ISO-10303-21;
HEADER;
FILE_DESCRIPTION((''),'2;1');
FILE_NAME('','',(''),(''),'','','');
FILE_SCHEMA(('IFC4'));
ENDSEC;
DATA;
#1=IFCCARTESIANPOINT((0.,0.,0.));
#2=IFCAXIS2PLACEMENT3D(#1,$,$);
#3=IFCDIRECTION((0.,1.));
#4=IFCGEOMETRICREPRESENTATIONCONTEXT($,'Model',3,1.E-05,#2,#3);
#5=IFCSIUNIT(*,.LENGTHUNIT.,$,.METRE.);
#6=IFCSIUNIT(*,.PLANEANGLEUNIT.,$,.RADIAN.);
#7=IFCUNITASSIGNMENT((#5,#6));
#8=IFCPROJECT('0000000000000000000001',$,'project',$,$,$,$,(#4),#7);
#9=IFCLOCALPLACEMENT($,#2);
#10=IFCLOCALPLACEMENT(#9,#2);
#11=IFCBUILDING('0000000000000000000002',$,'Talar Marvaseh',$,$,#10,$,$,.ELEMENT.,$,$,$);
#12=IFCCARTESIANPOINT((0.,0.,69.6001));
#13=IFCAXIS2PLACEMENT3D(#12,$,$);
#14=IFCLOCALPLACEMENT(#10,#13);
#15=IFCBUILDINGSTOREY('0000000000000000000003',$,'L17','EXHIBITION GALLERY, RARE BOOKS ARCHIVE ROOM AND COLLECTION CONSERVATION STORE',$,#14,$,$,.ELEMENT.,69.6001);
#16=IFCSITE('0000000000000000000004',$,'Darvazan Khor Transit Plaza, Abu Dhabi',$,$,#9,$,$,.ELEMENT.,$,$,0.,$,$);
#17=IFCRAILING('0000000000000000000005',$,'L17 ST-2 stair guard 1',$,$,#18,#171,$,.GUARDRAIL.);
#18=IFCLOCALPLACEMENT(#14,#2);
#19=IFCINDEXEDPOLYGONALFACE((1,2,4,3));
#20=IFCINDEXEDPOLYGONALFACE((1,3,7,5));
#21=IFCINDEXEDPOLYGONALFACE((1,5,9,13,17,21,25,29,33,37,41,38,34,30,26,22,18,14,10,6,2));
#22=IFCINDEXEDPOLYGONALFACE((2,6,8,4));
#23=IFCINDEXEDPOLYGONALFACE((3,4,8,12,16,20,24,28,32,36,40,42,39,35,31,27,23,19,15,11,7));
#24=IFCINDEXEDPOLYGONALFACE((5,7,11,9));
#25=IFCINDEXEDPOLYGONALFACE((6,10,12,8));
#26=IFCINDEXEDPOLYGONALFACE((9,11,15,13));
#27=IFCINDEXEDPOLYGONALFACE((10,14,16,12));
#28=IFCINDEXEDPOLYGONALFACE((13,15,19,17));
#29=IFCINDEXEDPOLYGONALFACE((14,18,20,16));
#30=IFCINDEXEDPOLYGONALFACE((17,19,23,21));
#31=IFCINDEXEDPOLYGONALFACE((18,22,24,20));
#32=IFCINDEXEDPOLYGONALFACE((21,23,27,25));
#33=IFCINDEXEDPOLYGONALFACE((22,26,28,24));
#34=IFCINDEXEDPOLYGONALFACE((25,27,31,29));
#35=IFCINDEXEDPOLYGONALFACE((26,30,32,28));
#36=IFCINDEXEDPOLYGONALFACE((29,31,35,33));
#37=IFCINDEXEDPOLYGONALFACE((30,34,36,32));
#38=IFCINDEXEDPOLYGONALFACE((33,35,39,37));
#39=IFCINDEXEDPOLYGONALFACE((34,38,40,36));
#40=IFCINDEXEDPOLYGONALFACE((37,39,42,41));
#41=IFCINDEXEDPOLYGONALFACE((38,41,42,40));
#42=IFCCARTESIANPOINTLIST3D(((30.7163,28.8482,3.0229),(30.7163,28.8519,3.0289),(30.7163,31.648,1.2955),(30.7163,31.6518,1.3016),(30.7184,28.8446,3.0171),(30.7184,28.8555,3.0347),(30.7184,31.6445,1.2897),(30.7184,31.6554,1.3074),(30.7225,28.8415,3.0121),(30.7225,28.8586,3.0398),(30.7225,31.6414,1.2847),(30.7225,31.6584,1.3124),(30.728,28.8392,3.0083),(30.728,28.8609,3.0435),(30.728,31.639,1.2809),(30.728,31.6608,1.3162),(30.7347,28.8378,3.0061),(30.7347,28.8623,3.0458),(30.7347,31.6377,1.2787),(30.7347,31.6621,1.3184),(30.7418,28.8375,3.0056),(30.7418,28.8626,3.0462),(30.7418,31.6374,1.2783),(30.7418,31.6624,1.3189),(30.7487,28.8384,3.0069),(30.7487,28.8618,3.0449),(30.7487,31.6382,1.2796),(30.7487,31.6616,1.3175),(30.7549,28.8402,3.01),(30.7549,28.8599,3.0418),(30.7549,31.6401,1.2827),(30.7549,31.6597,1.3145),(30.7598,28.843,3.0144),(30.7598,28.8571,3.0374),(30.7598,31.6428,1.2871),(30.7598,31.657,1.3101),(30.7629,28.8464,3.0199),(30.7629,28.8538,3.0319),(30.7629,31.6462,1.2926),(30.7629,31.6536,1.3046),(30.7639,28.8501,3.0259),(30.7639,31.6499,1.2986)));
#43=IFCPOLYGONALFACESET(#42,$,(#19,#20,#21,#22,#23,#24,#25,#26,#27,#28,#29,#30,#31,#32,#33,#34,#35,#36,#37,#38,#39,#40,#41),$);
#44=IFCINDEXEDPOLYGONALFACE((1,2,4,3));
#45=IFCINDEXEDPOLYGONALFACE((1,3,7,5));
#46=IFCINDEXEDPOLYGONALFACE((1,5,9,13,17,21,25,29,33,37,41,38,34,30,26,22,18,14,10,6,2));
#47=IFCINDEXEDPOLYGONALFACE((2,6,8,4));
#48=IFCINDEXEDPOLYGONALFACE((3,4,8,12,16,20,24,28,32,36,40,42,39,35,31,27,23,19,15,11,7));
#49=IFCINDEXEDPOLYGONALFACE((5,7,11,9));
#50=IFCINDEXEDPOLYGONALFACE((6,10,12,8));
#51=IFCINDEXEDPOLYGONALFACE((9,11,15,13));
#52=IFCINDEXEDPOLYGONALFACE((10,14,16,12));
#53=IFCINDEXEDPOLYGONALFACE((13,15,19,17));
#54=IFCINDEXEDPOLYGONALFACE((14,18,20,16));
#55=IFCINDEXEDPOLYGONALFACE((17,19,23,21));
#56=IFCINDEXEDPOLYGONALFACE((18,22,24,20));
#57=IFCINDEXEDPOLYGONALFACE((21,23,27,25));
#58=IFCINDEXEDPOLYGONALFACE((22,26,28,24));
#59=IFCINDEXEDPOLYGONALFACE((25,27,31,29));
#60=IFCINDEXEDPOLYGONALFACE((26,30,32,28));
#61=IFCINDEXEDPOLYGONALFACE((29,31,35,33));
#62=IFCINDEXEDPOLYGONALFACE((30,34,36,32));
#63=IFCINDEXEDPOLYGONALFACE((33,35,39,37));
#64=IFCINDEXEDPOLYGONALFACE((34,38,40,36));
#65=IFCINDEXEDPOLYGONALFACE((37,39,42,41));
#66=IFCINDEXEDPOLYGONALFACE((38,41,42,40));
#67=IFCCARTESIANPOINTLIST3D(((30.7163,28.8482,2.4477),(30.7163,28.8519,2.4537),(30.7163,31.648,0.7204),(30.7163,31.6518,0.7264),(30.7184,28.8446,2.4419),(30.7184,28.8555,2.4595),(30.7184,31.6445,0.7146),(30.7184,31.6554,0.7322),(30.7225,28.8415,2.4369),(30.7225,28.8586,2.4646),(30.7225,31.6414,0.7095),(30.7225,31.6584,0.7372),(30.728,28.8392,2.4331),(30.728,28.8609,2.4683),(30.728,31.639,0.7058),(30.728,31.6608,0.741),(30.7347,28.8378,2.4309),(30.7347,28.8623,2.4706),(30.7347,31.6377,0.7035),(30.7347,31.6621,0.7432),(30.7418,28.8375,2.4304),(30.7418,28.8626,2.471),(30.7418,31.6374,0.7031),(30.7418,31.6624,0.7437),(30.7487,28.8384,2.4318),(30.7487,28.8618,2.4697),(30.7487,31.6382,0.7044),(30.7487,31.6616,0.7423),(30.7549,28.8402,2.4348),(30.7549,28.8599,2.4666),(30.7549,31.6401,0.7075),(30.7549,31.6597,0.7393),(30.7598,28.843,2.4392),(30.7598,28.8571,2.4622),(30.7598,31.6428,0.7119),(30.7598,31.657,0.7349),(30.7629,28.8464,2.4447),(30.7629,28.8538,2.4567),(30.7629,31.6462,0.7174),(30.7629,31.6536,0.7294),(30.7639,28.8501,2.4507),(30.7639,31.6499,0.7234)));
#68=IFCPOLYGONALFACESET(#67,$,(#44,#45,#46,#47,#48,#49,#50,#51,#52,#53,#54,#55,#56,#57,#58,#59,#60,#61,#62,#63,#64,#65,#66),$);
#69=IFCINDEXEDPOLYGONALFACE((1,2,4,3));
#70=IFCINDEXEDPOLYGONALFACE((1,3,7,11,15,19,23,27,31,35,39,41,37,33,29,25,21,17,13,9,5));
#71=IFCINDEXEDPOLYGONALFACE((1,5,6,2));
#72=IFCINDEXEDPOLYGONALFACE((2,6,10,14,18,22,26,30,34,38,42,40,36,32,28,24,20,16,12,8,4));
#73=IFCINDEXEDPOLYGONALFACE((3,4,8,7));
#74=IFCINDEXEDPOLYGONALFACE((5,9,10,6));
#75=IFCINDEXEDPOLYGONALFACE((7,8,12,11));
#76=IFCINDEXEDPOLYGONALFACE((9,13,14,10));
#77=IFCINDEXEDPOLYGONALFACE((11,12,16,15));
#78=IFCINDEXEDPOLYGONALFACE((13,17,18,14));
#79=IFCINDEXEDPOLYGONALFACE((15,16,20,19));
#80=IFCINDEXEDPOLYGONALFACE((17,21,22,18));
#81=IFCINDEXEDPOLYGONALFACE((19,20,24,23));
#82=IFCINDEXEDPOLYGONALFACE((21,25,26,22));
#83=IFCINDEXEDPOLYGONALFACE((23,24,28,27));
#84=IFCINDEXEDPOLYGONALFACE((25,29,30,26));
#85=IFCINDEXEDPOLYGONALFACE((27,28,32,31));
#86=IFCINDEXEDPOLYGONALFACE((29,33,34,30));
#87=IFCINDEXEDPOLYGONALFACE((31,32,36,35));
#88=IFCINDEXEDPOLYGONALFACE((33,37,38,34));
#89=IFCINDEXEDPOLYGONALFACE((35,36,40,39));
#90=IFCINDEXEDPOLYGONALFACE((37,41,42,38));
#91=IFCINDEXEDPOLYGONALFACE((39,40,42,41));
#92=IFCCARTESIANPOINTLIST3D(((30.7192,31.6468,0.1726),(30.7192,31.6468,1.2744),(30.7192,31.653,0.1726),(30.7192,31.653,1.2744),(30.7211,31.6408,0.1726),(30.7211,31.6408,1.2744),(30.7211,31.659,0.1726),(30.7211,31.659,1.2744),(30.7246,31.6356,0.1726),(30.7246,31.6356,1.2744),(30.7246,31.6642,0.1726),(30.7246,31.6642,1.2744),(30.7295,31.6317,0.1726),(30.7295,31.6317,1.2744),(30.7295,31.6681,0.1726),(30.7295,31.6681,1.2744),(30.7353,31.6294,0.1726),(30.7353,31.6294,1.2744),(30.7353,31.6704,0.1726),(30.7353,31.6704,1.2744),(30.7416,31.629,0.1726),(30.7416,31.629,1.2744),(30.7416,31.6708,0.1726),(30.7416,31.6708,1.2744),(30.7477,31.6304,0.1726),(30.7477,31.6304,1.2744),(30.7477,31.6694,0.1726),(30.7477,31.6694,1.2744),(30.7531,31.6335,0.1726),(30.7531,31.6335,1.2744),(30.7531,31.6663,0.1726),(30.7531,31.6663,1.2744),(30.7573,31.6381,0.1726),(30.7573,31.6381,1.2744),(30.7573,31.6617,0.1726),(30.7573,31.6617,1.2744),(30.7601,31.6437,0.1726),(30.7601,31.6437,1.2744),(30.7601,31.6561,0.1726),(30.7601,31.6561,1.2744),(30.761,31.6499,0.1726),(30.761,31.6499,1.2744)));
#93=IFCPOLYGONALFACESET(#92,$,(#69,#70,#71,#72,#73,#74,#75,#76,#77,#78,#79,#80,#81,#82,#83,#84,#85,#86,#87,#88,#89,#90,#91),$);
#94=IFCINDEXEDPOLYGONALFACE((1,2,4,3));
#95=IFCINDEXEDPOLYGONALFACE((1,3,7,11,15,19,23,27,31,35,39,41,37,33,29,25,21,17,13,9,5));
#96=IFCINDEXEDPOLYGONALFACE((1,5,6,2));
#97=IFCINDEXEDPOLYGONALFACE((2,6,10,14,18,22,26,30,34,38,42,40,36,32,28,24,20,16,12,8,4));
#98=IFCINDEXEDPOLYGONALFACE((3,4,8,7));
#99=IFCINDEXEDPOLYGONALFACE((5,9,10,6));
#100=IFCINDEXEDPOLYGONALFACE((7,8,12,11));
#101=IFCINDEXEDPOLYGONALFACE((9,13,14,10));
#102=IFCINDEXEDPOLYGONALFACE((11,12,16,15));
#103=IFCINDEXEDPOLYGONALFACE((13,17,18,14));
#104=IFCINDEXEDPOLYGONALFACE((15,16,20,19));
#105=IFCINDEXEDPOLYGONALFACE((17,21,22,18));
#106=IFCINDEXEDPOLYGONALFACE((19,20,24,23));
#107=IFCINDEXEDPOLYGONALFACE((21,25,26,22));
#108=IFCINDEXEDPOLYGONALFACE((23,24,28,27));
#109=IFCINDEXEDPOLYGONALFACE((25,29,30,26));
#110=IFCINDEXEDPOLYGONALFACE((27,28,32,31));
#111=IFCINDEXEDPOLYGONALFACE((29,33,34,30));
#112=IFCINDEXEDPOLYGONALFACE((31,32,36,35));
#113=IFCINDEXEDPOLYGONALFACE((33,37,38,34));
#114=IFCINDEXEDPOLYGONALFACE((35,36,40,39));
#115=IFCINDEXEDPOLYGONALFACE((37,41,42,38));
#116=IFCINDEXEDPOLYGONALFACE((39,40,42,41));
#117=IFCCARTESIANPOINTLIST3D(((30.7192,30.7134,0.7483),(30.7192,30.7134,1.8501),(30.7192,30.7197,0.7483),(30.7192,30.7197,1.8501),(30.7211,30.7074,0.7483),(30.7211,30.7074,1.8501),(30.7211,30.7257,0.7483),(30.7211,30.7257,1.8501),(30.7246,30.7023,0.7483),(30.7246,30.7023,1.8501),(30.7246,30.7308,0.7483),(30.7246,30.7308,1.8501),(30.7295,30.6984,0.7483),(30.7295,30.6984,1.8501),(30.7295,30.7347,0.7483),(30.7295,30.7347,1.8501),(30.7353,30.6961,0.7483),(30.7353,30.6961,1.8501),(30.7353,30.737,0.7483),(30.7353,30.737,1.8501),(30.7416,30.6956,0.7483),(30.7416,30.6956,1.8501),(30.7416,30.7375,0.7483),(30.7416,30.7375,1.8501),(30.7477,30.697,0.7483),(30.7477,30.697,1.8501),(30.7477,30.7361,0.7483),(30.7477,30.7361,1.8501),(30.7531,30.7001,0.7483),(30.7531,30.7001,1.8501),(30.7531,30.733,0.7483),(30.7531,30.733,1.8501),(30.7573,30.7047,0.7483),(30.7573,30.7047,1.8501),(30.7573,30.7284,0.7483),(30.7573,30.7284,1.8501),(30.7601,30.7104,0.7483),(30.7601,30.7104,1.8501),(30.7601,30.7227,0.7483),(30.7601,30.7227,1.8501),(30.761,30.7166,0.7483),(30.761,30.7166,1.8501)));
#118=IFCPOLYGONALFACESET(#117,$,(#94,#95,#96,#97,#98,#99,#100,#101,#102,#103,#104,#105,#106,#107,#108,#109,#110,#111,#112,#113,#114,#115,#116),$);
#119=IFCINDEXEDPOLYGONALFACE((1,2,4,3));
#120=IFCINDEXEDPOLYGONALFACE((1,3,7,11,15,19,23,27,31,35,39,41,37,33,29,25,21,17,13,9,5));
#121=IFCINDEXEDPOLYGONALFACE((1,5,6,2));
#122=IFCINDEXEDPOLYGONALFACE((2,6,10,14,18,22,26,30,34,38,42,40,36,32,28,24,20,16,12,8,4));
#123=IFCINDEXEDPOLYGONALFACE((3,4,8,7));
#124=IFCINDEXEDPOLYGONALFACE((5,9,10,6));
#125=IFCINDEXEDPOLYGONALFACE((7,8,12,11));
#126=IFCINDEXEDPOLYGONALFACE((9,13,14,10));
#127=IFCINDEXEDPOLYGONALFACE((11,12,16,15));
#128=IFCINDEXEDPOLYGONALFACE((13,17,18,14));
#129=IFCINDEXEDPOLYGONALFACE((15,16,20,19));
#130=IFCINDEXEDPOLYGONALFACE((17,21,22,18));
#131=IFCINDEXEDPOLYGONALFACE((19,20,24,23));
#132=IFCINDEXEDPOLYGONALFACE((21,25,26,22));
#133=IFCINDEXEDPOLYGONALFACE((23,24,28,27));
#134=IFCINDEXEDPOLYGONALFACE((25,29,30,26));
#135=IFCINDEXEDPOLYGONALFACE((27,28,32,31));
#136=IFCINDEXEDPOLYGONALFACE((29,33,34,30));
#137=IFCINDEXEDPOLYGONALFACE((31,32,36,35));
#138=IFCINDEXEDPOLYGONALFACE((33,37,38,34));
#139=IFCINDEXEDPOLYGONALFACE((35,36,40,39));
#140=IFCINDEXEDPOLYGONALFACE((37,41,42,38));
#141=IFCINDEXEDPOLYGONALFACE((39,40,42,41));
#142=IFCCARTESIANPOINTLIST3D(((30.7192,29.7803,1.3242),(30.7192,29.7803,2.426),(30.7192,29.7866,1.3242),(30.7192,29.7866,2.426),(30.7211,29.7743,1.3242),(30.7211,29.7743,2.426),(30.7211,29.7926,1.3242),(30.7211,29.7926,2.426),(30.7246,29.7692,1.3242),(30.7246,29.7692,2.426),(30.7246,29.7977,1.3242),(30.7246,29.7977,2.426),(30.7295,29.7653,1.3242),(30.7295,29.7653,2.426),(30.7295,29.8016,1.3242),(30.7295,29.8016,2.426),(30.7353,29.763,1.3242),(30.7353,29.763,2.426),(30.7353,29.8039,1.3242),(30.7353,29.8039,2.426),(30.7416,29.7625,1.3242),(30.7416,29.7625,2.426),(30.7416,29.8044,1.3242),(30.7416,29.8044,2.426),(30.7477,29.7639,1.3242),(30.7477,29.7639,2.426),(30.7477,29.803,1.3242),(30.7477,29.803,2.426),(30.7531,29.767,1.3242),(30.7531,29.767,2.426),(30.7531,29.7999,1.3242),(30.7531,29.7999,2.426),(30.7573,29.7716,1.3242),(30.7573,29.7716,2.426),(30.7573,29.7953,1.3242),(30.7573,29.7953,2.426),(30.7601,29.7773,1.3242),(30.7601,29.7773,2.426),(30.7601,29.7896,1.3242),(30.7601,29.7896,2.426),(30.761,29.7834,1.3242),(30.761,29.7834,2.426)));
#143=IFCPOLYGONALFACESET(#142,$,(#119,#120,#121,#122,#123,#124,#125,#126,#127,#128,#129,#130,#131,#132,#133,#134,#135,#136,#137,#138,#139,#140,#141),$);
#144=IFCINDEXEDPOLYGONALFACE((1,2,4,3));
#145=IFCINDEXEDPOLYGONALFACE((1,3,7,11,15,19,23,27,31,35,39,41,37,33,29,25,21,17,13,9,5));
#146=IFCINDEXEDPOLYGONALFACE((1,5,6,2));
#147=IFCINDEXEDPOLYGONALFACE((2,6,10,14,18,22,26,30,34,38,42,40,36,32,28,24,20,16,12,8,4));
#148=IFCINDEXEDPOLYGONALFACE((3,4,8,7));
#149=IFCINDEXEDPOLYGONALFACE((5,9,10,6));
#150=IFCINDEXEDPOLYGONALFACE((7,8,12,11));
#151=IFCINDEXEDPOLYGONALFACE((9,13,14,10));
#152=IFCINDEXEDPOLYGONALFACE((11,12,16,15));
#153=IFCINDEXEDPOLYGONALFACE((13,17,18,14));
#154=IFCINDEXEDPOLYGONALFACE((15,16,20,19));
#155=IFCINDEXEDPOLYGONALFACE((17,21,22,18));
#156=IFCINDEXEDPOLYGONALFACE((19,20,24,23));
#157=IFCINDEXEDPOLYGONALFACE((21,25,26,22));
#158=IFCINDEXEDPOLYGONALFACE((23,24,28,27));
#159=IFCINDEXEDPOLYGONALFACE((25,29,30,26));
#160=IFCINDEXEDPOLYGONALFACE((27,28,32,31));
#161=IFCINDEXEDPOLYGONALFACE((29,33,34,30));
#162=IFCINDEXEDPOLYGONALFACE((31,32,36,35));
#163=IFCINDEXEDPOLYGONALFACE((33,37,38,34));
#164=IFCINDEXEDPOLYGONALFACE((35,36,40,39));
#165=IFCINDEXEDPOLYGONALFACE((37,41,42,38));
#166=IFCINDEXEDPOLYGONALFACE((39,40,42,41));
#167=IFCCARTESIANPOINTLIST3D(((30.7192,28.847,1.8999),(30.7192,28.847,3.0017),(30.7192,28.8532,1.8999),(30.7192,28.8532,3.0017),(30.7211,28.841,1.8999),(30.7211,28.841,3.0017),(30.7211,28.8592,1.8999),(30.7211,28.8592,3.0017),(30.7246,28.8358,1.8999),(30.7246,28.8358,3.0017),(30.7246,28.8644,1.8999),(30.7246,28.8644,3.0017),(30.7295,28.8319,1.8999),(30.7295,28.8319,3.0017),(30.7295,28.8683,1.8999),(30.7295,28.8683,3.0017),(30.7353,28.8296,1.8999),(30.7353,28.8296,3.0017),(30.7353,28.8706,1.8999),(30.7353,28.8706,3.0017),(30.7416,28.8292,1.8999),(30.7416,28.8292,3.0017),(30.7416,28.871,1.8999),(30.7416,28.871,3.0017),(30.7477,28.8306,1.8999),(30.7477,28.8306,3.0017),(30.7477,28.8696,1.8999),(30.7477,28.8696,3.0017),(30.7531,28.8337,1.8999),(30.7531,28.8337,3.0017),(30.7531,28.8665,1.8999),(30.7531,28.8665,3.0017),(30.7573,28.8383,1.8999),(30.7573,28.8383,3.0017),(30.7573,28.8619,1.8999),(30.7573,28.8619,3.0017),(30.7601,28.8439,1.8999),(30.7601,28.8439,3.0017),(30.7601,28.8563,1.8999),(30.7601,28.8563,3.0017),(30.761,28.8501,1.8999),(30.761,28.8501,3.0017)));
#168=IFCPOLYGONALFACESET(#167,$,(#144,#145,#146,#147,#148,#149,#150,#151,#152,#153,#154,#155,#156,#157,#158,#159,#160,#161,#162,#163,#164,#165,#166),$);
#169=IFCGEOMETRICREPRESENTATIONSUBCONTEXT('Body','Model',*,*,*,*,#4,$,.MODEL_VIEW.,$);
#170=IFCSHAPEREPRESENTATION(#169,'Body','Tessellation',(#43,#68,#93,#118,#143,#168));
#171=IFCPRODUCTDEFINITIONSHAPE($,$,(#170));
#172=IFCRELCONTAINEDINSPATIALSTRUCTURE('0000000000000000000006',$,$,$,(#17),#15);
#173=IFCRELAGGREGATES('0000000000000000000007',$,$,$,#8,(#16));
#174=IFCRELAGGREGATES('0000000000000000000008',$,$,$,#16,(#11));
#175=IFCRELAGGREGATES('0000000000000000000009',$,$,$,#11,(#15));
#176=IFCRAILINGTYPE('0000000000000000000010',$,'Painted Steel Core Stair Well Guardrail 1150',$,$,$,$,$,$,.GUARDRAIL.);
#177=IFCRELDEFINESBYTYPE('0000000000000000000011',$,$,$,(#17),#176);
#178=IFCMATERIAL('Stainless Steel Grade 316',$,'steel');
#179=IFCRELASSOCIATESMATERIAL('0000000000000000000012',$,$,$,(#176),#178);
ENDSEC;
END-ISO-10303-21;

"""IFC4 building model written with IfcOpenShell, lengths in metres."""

from ifc_helpers import new_model, si_unit, direction, frame, origin, origin_2d, place, context, subcontext, project, spatial, circle, extrude, material, type_object, element, save


model = new_model("IFC4")

# Units and contexts
model_context = context("Model", 3, precision=1e-05, world=origin(), true_north=direction((0.0, 1.0)))
body_context = subcontext(model_context, "Body", "Model", "MODEL_VIEW")
ifc_project = project(units=[si_unit("LENGTHUNIT", "METRE"), si_unit("PLANEANGLEUNIT", "RADIAN")], contexts=[model_context])

# Site, building, storey
site_placement = place(None, origin())
site = spatial("IfcSite", under=ifc_project, at=site_placement, Name="Darvazan Khor Transit Plaza, Abu Dhabi", CompositionType="ELEMENT", RefElevation=0.0)
building_placement = place(site_placement, origin())
building = spatial("IfcBuilding", under=site, at=building_placement, Name="Talar Marvaseh", CompositionType="ELEMENT")
storey_placement = place(building_placement, frame((0.0, 0.0, 69.6001)))
storey = spatial("IfcBuildingStorey", under=building, at=storey_placement, Name="L17", Description="EXHIBITION GALLERY, RARE BOOKS ARCHIVE ROOM AND COLLECTION CONSERVATION STORE", CompositionType="ELEMENT", Elevation=69.6001)

# Railing
ifc_material_1 = material(Name="Stainless Steel Grade 316", Category="steel")
railing_type_1 = type_object("IfcRailingType", Name="Painted Steel Core Stair Well Guardrail 1150", PredefinedType="GUARDRAIL", material=ifc_material_1)
railing_1_placement = place(storey_placement, frame((30.74, 31.6499, 0.1726)))
element("IfcRailing", 1, at=railing_1_placement, inside=storey, type_object=railing_type_1, Name="L17 ST-2 stair guard 1", PredefinedType="GUARDRAIL", context=body_context, shape_type="SweptSolid", body=[
    extrude(circle(Radius=0.0239, at=origin_2d()), frame((0.0, 0.0, 1.126), z_axis=(0.0, -0.851069, 0.525054), x_axis=(1.0, 0.0, 0.0)), (0.0, 0.0, 1.0), 3.2898),
    extrude(circle(Radius=0.0239, at=origin_2d()), frame((0.0, 0.0, 0.5508), z_axis=(0.0, -0.851069, 0.525054), x_axis=(1.0, 0.0, 0.0)), (0.0, 0.0, 1.0), 3.2898),
    extrude(circle(Radius=0.021, at=origin_2d()), origin(), (0.0, 0.0, 1.0), 1.1018),
    extrude(circle(Radius=0.021, at=origin_2d()), frame((0.0, -0.9333, 0.5757)), (0.0, 0.0, 1.0), 1.1018),
    extrude(circle(Radius=0.021, at=origin_2d()), frame((0.0, -1.8665, 1.1516)), (0.0, 0.0, 1.0), 1.1018),
    extrude(circle(Radius=0.021, at=origin_2d()), frame((0.0, -2.7998, 1.7273)), (0.0, 0.0, 1.0), 1.1018),
])

save(model, "model.ifc")
